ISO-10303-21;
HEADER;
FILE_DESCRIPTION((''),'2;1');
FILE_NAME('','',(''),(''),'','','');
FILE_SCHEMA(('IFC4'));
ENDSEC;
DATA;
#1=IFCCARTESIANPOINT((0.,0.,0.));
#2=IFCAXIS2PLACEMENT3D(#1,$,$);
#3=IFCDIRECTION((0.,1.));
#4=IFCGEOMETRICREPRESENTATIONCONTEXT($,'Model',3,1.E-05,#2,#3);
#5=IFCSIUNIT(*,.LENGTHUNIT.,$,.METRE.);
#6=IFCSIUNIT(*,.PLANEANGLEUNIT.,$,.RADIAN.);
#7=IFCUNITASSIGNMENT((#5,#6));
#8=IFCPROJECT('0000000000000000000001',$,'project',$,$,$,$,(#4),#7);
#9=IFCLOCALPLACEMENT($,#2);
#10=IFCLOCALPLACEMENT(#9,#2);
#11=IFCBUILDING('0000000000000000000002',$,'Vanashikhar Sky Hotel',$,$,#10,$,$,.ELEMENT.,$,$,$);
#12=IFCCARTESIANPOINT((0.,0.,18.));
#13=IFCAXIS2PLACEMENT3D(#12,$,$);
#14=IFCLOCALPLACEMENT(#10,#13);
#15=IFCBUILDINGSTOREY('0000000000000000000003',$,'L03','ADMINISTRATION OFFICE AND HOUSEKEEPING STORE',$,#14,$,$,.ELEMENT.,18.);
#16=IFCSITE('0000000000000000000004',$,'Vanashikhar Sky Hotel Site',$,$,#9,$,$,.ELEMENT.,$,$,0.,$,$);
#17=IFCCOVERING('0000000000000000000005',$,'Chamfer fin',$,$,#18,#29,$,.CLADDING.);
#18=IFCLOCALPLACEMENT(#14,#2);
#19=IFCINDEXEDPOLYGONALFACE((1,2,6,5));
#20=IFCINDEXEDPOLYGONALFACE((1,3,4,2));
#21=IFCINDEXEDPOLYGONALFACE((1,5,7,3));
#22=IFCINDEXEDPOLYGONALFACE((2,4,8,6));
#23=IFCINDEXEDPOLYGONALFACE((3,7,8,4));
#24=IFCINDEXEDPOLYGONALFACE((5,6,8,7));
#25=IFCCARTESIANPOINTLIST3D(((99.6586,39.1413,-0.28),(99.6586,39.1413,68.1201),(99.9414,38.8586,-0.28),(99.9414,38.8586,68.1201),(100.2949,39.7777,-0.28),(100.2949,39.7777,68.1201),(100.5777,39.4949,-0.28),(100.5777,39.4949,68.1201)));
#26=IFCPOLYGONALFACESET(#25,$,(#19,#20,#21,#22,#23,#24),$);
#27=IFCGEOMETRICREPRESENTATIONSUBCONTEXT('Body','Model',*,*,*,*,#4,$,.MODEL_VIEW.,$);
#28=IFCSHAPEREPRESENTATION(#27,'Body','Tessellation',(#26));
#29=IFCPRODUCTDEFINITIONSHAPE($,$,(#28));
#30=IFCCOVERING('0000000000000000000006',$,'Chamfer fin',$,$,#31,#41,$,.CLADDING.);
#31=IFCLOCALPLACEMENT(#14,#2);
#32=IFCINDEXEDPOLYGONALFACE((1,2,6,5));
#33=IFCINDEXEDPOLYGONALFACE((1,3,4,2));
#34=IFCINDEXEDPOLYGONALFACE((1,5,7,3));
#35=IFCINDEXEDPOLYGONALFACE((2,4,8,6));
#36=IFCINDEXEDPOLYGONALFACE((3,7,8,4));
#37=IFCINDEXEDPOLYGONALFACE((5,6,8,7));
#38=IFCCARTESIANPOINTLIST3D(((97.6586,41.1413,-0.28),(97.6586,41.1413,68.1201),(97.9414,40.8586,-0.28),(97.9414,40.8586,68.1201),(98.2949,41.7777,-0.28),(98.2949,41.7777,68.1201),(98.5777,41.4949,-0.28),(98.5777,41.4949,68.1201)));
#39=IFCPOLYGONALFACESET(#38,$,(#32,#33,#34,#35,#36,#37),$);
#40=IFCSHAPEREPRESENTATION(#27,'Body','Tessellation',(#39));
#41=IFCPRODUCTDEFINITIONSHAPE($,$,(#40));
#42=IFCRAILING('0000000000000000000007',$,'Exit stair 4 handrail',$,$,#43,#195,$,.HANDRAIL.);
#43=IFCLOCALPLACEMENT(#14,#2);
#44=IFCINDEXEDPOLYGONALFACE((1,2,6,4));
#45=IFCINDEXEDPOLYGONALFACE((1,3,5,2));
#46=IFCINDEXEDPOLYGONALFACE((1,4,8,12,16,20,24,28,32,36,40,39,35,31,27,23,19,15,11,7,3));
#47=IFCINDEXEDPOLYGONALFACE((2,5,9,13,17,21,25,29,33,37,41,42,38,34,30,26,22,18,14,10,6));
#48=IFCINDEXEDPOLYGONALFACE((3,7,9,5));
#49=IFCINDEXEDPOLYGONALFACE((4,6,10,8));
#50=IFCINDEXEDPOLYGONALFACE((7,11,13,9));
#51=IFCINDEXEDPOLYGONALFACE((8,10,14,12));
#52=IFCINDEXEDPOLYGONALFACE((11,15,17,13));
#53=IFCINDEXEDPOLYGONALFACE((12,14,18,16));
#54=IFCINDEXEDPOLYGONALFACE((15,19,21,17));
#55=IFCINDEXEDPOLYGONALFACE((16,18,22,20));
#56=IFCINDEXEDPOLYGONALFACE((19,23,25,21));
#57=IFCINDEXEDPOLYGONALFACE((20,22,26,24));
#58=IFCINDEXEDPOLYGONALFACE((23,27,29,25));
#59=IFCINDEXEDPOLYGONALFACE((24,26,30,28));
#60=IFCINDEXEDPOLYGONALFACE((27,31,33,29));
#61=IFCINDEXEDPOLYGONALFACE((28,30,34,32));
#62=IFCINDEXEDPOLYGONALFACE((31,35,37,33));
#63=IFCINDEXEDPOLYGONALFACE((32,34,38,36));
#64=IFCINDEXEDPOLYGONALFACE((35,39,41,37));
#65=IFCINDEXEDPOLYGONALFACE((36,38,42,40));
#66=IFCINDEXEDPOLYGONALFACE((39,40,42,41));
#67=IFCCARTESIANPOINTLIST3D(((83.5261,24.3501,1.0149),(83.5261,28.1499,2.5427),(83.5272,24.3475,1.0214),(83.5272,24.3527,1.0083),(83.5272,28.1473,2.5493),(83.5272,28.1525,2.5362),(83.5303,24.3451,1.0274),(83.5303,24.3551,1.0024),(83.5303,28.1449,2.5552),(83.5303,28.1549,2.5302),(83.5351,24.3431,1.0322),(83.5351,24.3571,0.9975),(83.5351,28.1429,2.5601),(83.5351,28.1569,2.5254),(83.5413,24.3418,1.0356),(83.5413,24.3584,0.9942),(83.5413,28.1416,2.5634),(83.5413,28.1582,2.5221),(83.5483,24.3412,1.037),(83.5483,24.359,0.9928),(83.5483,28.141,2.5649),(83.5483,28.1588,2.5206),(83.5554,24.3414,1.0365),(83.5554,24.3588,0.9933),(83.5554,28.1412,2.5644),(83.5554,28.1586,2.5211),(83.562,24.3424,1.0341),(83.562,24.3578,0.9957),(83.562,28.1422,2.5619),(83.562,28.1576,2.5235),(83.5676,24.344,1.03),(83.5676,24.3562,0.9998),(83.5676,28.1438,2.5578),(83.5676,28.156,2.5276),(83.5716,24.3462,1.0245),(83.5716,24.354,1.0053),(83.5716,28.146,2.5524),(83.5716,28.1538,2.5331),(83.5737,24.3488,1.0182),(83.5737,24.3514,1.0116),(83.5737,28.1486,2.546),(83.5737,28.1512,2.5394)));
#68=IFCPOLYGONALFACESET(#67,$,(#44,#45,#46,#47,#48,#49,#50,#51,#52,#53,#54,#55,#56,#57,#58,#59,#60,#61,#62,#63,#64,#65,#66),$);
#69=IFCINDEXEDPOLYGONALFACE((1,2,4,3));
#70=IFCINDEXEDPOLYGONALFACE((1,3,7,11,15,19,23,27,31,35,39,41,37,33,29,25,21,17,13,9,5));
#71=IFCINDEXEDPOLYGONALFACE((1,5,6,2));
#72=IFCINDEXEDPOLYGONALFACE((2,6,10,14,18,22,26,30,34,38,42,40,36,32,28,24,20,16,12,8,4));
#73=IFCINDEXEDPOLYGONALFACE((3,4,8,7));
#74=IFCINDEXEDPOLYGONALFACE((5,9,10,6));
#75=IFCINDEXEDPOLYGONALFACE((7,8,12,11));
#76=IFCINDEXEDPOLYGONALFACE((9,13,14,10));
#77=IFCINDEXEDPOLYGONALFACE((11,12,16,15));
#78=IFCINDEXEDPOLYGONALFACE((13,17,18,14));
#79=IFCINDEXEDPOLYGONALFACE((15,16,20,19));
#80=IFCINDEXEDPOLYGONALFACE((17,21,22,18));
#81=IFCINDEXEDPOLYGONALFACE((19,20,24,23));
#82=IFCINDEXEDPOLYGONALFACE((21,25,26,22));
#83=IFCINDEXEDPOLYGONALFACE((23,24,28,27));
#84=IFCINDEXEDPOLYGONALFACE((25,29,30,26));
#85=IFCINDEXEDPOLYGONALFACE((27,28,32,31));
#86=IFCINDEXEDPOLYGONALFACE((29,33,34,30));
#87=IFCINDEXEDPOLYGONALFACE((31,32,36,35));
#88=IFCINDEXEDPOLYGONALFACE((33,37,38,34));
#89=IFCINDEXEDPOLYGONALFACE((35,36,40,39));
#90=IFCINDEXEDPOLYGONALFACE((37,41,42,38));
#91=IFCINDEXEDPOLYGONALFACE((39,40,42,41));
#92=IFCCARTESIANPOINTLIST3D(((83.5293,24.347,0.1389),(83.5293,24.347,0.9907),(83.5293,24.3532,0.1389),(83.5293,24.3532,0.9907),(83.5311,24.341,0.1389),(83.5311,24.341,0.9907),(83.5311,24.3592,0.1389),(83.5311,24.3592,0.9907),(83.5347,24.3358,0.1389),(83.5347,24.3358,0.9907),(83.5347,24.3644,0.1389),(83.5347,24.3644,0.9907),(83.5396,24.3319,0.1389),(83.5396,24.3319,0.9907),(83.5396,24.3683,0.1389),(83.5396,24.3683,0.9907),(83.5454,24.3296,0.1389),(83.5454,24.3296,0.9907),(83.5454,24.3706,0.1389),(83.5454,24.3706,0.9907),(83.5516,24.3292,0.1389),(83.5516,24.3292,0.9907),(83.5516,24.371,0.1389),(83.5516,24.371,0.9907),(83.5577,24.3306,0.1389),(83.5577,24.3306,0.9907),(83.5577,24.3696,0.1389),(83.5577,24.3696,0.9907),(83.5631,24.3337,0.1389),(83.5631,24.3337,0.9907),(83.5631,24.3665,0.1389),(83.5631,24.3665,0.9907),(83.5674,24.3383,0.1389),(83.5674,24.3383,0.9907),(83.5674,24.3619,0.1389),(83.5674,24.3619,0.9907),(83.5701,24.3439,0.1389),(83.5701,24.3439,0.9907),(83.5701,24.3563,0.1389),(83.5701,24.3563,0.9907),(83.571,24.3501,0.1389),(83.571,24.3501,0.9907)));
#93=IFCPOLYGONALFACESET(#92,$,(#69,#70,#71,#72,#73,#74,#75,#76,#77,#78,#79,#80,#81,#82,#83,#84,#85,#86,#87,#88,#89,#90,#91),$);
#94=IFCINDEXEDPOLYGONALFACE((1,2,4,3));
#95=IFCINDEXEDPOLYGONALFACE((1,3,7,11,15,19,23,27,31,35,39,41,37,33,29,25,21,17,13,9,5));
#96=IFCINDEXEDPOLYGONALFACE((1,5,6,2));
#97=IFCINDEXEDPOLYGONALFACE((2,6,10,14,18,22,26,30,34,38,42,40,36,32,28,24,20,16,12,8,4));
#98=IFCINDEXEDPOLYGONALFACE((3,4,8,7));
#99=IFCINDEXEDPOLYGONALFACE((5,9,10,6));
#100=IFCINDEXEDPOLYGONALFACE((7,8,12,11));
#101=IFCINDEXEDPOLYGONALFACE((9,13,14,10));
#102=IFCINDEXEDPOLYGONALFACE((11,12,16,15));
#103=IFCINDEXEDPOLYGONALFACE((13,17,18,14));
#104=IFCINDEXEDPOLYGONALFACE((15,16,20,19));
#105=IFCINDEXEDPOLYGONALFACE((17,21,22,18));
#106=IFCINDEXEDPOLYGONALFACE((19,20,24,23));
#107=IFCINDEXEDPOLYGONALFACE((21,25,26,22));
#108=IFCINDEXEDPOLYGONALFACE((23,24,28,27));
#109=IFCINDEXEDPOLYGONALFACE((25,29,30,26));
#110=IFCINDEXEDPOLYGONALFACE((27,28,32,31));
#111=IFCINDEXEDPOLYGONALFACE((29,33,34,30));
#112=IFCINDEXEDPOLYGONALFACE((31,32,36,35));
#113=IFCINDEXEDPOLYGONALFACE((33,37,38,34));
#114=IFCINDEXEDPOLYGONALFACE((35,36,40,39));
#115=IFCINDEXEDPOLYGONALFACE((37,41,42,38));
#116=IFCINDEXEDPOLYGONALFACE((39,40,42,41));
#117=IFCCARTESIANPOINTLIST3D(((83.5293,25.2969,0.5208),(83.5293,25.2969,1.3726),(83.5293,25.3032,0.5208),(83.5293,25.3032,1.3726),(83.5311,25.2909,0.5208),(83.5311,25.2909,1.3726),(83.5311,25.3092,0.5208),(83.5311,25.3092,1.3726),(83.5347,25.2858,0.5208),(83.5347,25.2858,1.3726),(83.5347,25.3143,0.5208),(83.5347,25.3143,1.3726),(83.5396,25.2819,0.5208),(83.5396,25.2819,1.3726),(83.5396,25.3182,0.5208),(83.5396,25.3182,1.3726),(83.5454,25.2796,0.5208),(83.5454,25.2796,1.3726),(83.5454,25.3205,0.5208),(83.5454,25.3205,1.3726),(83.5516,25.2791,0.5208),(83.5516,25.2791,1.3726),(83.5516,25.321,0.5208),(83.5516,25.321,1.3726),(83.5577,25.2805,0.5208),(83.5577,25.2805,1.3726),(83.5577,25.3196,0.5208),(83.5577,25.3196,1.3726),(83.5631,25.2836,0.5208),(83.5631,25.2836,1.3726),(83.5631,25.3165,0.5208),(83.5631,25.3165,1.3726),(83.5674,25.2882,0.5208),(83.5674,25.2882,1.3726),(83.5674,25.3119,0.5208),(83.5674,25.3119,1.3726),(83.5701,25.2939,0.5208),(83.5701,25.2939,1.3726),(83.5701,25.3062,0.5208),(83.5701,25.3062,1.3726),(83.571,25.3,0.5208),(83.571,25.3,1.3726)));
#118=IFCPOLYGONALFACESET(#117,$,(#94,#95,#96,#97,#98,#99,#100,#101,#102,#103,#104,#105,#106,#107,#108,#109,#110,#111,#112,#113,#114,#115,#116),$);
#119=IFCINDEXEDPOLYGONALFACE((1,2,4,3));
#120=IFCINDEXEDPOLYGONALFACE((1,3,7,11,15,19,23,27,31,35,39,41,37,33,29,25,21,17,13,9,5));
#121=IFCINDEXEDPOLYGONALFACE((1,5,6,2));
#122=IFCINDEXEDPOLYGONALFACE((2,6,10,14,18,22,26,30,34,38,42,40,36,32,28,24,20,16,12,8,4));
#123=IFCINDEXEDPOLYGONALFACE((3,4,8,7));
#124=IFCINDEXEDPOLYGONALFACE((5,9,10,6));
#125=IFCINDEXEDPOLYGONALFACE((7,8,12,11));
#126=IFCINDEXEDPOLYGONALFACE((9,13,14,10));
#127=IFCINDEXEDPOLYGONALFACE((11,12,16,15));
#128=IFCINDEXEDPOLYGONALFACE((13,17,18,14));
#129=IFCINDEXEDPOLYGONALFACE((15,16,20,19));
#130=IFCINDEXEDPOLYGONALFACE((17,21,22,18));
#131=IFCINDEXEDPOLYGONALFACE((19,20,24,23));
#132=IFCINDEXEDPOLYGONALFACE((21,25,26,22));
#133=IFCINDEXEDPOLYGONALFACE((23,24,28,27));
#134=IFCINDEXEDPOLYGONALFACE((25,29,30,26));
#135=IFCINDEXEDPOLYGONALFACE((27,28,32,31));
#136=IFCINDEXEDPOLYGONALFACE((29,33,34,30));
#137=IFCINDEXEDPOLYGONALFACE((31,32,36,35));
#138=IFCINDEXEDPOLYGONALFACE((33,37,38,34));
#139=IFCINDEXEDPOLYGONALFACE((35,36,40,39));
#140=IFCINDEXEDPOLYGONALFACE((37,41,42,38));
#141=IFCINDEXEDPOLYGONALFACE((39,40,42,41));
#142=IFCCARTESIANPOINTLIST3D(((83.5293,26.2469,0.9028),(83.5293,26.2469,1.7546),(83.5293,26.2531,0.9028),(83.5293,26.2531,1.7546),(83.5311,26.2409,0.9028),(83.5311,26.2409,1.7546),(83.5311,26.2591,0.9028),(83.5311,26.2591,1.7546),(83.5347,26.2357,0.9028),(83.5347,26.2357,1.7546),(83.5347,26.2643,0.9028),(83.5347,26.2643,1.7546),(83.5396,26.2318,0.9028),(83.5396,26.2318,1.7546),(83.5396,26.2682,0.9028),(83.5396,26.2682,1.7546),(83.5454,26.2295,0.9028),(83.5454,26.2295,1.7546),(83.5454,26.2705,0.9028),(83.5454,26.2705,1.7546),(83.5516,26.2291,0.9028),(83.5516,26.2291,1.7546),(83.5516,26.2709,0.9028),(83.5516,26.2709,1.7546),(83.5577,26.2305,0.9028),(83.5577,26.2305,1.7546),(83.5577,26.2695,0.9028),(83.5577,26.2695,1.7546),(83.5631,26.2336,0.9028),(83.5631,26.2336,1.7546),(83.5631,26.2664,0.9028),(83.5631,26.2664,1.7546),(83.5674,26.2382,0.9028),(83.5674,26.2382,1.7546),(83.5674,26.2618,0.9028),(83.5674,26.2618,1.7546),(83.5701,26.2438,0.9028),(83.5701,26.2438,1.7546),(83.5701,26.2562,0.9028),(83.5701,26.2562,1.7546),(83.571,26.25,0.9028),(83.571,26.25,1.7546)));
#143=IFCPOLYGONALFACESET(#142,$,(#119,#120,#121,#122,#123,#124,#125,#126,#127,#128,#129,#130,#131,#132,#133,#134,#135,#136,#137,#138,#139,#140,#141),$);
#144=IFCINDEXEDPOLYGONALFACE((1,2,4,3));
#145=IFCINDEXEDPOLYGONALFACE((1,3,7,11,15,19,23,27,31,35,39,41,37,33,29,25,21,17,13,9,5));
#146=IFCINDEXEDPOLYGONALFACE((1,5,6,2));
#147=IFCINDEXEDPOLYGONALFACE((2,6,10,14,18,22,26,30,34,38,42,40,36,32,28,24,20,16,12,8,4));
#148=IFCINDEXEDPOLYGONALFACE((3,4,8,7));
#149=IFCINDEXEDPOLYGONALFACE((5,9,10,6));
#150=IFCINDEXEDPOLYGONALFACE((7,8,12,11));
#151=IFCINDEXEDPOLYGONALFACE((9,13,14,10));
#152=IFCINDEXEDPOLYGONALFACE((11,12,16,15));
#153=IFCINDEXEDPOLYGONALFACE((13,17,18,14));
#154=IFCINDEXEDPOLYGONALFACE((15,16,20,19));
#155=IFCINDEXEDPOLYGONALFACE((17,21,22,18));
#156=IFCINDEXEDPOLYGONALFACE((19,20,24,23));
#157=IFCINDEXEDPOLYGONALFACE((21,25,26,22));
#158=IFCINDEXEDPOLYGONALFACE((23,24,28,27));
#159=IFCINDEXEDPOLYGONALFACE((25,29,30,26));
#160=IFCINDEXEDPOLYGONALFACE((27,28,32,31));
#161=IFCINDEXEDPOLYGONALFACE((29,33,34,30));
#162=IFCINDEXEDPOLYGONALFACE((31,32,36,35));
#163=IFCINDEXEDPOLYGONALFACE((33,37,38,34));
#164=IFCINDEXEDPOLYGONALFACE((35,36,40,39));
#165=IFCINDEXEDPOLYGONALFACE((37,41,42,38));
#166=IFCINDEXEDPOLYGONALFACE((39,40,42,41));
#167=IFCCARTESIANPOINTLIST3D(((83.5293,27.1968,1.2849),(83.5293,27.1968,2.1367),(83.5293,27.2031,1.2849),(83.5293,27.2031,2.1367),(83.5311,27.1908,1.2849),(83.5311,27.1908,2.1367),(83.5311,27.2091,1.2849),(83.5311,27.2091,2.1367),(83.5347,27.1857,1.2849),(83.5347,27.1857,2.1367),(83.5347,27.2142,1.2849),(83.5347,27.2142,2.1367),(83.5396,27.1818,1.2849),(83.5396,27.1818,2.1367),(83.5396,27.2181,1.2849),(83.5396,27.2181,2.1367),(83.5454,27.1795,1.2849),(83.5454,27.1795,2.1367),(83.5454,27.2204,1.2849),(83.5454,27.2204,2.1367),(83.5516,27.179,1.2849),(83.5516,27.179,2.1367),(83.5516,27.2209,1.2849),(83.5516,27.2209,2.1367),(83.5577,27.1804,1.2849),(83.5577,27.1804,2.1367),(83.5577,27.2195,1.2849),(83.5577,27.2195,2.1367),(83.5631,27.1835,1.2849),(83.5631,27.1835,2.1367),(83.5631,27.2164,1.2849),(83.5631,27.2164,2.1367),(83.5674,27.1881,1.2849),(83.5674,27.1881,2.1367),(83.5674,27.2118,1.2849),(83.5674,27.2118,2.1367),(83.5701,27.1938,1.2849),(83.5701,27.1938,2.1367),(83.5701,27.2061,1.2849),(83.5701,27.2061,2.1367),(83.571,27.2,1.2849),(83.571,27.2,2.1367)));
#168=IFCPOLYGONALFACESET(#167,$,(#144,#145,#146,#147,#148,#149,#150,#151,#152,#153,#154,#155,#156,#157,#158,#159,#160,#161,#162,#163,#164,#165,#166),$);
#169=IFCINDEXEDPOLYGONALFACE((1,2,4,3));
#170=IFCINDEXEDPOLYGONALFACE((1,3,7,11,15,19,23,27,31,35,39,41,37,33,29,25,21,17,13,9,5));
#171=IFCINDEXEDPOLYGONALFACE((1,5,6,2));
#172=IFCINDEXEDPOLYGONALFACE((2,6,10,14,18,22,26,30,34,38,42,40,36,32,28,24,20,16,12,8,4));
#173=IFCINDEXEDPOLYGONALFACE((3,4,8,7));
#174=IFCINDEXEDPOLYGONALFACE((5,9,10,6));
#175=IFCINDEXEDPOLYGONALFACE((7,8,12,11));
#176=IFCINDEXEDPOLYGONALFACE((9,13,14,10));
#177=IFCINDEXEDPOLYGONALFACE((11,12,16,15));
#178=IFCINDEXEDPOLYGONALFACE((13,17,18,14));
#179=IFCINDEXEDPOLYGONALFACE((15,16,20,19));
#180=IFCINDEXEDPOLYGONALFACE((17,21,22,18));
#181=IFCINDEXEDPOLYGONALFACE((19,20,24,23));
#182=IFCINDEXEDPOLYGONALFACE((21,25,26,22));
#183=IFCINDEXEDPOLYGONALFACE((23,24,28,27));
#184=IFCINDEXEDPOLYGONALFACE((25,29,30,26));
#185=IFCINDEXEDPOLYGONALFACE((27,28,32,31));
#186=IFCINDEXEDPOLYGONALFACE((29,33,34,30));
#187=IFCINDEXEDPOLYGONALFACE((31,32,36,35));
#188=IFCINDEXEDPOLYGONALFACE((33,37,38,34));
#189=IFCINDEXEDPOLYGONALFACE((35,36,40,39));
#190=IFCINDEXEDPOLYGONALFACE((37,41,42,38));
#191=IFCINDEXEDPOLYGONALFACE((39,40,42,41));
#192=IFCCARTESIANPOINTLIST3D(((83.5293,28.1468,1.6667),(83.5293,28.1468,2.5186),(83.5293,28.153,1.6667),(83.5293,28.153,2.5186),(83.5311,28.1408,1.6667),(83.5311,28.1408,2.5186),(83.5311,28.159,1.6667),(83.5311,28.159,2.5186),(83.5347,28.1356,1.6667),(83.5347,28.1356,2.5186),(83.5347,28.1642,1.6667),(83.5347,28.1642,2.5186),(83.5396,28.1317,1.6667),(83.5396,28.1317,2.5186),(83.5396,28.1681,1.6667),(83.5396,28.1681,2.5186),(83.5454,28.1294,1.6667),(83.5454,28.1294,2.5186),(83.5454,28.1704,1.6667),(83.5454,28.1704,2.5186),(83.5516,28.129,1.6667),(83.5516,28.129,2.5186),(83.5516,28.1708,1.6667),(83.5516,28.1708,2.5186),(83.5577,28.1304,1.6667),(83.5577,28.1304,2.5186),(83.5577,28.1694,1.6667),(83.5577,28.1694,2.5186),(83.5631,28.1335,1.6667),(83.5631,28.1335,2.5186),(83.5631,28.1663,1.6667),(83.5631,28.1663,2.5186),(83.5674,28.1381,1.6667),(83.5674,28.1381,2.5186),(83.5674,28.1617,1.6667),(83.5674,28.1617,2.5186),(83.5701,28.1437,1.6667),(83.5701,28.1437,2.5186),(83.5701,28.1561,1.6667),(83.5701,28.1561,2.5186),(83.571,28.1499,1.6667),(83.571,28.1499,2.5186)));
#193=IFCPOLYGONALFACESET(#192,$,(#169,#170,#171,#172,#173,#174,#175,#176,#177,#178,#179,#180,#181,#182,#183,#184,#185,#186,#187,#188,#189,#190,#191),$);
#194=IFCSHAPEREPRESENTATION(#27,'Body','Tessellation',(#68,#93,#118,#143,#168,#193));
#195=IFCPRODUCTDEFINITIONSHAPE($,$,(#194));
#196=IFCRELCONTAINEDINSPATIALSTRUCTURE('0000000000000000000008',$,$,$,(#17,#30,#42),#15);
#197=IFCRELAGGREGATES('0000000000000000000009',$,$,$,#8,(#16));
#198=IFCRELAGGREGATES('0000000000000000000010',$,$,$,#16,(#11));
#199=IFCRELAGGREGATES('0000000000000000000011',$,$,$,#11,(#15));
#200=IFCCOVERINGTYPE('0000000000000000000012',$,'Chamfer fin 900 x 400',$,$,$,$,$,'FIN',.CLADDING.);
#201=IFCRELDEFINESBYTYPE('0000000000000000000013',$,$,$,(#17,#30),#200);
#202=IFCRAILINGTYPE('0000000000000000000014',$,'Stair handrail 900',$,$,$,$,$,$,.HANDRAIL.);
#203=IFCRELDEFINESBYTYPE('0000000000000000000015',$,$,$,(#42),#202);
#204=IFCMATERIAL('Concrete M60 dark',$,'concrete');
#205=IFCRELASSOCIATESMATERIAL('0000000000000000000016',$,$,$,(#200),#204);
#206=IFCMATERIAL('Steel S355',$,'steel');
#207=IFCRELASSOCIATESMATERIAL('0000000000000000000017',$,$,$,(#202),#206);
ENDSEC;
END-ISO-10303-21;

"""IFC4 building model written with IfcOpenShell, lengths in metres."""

from ifc_helpers import new_model, si_unit, direction, frame, origin, origin_2d, place, context, subcontext, project, spatial, rectangle, circle, extrude, source, transform, mapped, material, material_profile, profile_set, type_object, element, save


model = new_model("IFC4")

# Units and contexts
model_context = context("Model", 3, precision=1e-05, world=origin(), true_north=direction((0.0, 1.0)))
body_context = subcontext(model_context, "Body", "Model", "MODEL_VIEW")
ifc_project = project(units=[si_unit("LENGTHUNIT", "METRE"), si_unit("PLANEANGLEUNIT", "RADIAN")], contexts=[model_context])

# Site, building, storey
site_placement = place(None, origin())
site = spatial("IfcSite", under=ifc_project, at=site_placement, Name="Vanashikhar Sky Hotel Site", CompositionType="ELEMENT", RefElevation=0.0)
building_placement = place(site_placement, origin())
building = spatial("IfcBuilding", under=site, at=building_placement, Name="Vanashikhar Sky Hotel", CompositionType="ELEMENT")
storey_placement = place(building_placement, frame((0.0, 0.0, 18.0)))
storey = spatial("IfcBuildingStorey", under=building, at=storey_placement, Name="L03", Description="ADMINISTRATION OFFICE AND HOUSEKEEPING STORE", CompositionType="ELEMENT", Elevation=18.0)

# Coverings
ifc_material_1 = material(Name="Concrete M60 dark", Category="concrete")
ifc_material_profile_1 = material_profile(ifc_material_1, rectangle(XDim=0.8999, YDim=0.3999, at=origin_2d()))
ifc_profile_set_1 = profile_set([ifc_material_profile_1], Name="Chamfer fin 900 x 400")
covering_type_1 = type_object("IfcCoveringType", Name="Chamfer fin 900 x 400", ElementType="FIN", PredefinedType="CLADDING", material=ifc_profile_set_1)
shared_shape_1 = source(origin(), body_context, "Body", "SweptSolid", [
    extrude(rectangle(XDim=0.8999, YDim=0.3999, at=origin_2d()), origin(), (0.0, 0.0, 1.0), 68.4001),
])
for number, where, z_axis, x_axis, name in (
    (1, (100.1182, 39.3181, -0.28), (0.0, 0.0, 1.0), (0.707107, 0.707107, 0.0), "Chamfer fin"),
    (2, (98.1182, 41.3181, -0.28), (0.0, 0.0, 1.0), (0.707107, 0.707107, 0.0), "Chamfer fin"),
):
    element("IfcCovering", number, at=place(storey_placement, frame(where, z_axis=z_axis, x_axis=x_axis)), inside=storey, type_object=covering_type_1, Name=name, PredefinedType="CLADDING", context=body_context, shape_type="MappedRepresentation", body=[
        mapped(shared_shape_1, transform((0.0, 0.0, 0.0), scale=1.0)),
    ])

# Railing
ifc_material_2 = material(Name="Steel S355", Category="steel")
railing_type = type_object("IfcRailingType", Name="Stair handrail 900", PredefinedType="HANDRAIL", material=ifc_material_2)
shared_shape_2 = source(origin(), body_context, "Body", "SweptSolid", [
    extrude(circle(Radius=0.0239, at=origin_2d()), frame((0.0, 0.0, 0.876), z_axis=(0.0, 0.927809, 0.373055), x_axis=(-1.0, 0.0, 0.0)), (0.0, 0.0, 1.0), 4.0955),
    extrude(circle(Radius=0.021, at=origin_2d()), origin(), (0.0, 0.0, 1.0), 0.8518),
    extrude(circle(Radius=0.021, at=origin_2d()), frame((0.0, 0.95, 0.3818)), (0.0, 0.0, 1.0), 0.8518),
    extrude(circle(Radius=0.021, at=origin_2d()), frame((0.0, 1.8999, 0.7639)), (0.0, 0.0, 1.0), 0.8518),
    extrude(circle(Radius=0.021, at=origin_2d()), frame((0.0, 2.8499, 1.146)), (0.0, 0.0, 1.0), 0.8518),
    extrude(circle(Radius=0.021, at=origin_2d()), frame((0.0, 3.7998, 1.5278)), (0.0, 0.0, 1.0), 0.8518),
])
for number, where, name in (
    (3, (83.55, 24.3501, 0.1389), "Exit stair 4 handrail"),
):
    element("IfcRailing", number, at=place(storey_placement, frame(where)), inside=storey, type_object=railing_type, Name=name, PredefinedType="HANDRAIL", context=body_context, shape_type="MappedRepresentation", body=[
        mapped(shared_shape_2, transform((0.0, 0.0, 0.0), scale=1.0)),
    ])

save(model, "model.ifc")
